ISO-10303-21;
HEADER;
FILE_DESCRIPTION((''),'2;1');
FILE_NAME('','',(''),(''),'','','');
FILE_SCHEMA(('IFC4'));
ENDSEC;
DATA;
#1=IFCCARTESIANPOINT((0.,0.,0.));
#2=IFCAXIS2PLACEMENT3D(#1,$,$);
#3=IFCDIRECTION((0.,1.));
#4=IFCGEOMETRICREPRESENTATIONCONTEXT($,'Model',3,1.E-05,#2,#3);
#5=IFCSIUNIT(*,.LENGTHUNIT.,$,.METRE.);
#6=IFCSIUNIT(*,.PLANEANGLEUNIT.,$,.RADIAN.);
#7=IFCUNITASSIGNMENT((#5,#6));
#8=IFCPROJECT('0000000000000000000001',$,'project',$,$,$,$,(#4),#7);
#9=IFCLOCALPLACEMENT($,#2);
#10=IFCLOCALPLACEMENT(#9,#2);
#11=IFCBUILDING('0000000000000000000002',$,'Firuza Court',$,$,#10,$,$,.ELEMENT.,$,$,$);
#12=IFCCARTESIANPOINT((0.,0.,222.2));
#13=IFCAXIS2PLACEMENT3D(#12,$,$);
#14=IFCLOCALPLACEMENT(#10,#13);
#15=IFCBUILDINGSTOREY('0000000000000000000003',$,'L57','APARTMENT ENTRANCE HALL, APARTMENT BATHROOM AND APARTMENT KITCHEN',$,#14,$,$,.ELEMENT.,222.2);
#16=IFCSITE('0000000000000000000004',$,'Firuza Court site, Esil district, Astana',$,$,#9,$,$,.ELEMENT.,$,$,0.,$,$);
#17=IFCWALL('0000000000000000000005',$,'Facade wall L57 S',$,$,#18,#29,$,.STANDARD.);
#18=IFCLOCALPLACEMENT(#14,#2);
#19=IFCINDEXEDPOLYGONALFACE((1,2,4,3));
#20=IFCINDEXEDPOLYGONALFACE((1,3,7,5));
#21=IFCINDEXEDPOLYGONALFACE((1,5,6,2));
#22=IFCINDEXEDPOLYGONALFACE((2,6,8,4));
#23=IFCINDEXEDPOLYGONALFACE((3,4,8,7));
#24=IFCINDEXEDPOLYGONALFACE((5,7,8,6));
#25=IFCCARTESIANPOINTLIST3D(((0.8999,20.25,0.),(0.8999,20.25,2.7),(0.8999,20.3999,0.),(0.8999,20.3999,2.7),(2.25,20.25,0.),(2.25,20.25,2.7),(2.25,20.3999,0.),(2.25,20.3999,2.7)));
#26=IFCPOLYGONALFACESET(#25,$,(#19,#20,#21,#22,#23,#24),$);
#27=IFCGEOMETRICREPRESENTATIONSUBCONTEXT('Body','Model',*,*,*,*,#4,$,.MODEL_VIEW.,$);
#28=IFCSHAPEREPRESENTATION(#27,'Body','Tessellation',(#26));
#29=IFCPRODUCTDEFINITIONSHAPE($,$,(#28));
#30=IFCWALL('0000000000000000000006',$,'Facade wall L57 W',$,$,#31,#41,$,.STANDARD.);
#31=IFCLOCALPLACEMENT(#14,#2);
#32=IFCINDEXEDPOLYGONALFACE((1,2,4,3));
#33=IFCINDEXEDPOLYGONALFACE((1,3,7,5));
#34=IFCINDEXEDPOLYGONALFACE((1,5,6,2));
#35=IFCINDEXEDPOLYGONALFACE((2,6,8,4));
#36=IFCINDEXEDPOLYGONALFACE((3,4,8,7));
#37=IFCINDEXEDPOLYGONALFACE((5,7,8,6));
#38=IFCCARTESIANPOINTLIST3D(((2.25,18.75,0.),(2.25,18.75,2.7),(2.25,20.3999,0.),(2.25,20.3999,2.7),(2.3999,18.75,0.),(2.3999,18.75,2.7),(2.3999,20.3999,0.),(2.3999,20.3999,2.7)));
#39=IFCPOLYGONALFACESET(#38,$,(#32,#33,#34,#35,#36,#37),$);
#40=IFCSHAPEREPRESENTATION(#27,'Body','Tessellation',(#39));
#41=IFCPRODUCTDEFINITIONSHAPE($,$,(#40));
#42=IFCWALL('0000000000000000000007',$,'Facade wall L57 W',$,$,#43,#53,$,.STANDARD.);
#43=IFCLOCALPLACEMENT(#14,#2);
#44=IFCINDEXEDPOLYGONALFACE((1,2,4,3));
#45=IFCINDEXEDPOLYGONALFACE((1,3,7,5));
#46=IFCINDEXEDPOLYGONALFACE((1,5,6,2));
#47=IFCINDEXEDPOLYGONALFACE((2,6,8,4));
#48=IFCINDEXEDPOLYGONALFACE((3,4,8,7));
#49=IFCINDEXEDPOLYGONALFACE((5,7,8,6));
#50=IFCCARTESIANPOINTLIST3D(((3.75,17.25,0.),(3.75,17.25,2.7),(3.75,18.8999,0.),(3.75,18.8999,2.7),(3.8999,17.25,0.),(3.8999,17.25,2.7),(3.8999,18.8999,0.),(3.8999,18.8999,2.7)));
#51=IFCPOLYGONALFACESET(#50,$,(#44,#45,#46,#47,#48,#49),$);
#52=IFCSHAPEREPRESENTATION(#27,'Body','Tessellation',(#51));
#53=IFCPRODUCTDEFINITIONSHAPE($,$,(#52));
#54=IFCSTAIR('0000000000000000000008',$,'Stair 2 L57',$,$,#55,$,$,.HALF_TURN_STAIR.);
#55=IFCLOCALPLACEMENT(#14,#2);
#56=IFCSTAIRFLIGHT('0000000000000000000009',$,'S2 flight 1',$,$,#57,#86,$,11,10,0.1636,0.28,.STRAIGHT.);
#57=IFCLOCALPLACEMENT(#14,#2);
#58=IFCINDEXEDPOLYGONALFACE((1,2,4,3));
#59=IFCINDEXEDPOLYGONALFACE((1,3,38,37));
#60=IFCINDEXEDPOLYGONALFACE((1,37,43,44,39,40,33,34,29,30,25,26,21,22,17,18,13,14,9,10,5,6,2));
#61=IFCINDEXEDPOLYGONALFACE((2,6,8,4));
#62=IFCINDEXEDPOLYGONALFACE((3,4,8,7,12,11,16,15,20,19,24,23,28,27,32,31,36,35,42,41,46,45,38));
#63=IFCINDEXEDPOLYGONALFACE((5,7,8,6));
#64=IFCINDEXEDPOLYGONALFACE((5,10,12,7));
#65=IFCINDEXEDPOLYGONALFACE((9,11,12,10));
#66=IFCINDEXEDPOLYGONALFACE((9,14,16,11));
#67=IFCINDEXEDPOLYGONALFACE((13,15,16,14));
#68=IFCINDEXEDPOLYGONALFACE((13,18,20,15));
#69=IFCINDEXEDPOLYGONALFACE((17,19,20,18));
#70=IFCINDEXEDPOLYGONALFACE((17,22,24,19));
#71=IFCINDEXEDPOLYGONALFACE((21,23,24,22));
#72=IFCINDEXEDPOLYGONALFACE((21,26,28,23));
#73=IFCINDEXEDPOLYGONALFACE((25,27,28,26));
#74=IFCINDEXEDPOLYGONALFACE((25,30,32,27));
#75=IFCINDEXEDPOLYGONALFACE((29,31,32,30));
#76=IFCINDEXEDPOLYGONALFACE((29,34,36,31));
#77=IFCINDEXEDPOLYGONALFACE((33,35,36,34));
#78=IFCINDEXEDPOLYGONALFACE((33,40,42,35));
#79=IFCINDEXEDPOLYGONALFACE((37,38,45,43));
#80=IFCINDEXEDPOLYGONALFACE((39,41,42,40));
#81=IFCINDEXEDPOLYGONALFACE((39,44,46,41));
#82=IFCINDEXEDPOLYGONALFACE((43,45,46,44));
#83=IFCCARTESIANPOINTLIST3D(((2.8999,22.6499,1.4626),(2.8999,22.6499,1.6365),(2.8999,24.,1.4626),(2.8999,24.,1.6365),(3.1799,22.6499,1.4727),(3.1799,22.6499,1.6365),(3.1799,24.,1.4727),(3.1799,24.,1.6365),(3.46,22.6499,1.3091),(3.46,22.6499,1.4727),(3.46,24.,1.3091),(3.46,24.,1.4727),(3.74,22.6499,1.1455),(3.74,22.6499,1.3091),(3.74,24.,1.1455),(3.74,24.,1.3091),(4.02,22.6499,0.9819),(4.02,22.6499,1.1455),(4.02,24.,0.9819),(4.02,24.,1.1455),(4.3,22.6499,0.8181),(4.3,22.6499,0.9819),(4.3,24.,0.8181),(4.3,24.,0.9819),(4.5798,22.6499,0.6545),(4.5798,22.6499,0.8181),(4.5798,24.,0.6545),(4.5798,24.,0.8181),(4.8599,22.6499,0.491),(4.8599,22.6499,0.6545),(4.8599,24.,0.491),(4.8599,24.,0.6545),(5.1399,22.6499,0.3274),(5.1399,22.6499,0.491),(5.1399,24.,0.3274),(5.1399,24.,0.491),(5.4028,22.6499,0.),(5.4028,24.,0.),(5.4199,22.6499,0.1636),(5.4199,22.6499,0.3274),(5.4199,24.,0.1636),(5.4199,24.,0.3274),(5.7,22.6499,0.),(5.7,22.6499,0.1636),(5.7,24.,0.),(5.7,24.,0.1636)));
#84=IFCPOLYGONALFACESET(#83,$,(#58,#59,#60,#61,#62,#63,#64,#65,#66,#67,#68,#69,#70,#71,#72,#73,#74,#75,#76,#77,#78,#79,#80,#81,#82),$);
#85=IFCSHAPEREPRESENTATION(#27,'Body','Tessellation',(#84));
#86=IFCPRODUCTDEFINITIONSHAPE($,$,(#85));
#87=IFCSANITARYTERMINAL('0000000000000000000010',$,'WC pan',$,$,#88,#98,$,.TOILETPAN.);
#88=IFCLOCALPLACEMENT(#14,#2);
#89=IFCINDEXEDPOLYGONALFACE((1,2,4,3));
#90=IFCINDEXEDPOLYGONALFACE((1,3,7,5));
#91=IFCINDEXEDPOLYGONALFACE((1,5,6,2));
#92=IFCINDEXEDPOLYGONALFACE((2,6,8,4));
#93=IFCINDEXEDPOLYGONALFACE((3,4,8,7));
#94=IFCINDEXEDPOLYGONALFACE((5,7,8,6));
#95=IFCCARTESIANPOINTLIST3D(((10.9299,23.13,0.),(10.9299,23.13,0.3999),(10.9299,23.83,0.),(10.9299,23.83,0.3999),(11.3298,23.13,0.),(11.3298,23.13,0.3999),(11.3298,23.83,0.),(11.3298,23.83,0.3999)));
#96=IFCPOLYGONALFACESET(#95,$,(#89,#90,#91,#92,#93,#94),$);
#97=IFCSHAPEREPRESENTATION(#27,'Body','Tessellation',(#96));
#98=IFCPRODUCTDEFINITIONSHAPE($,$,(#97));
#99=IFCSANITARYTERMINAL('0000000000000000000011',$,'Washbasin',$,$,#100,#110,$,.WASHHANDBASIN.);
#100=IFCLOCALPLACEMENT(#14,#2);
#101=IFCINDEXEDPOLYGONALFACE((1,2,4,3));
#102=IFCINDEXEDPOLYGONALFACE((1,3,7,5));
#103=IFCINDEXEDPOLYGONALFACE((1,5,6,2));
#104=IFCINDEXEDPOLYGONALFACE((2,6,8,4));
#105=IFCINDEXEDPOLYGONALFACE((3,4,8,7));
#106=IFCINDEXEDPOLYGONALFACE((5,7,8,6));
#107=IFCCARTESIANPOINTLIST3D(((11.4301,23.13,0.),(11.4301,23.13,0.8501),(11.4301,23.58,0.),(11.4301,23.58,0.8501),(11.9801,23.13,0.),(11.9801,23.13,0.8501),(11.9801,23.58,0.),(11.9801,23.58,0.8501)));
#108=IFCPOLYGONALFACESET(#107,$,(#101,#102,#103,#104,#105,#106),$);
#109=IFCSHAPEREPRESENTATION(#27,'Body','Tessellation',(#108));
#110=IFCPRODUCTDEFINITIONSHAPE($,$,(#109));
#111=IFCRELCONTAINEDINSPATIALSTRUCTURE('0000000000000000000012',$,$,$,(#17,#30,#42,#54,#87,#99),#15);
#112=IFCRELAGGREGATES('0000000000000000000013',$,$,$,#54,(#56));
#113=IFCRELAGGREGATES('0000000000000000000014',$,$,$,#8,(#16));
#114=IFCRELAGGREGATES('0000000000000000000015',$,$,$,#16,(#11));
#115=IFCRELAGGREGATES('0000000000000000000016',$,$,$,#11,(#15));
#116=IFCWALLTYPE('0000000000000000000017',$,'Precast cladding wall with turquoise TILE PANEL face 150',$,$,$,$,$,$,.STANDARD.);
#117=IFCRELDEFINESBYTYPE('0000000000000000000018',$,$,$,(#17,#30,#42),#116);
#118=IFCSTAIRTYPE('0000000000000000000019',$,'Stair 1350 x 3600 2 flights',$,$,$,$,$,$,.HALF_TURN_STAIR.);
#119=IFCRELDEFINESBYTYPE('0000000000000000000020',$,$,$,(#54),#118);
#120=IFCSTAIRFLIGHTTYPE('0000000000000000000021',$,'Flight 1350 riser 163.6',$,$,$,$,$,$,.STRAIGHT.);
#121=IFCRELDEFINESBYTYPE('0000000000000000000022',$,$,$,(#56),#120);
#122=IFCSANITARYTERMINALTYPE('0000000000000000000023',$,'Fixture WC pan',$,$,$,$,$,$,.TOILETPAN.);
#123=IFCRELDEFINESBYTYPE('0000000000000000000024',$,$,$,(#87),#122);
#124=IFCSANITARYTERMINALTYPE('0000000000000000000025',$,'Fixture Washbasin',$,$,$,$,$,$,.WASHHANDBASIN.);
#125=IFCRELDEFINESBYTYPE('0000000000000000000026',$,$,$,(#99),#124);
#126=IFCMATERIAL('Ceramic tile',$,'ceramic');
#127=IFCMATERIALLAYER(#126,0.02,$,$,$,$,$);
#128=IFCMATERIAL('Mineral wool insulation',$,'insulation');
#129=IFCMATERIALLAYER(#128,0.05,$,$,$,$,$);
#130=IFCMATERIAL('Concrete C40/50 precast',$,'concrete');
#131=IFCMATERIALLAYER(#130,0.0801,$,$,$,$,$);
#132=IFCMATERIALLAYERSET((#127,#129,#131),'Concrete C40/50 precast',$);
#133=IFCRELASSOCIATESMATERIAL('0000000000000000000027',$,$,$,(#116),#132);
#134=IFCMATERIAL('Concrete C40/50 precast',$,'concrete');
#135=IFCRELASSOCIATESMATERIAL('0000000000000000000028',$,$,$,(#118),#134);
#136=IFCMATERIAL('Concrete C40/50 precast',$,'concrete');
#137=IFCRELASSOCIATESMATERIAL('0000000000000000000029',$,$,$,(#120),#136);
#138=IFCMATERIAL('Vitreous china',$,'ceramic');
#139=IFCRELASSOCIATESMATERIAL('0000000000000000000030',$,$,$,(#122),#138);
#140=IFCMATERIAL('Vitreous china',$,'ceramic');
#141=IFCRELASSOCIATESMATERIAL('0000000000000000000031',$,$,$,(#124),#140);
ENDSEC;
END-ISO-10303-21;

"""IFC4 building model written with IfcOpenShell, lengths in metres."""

from ifc_helpers import new_model, si_unit, direction, frame, frame_2d, origin, origin_2d, place, context, subcontext, project, spatial, polyline, rectangle, outline, extrude, material, layer, layer_set, type_object, element, aggregate, save


model = new_model("IFC4")

# Units and contexts
model_context = context("Model", 3, precision=1e-05, world=origin(), true_north=direction((0.0, 1.0)))
body_context = subcontext(model_context, "Body", "Model", "MODEL_VIEW")
ifc_project = project(units=[si_unit("LENGTHUNIT", "METRE"), si_unit("PLANEANGLEUNIT", "RADIAN")], contexts=[model_context])

# Site, building, storey
site_placement = place(None, origin())
site = spatial("IfcSite", under=ifc_project, at=site_placement, Name="Firuza Court site, Esil district, Astana", CompositionType="ELEMENT", RefElevation=0.0)
building_placement = place(site_placement, origin())
building = spatial("IfcBuilding", under=site, at=building_placement, Name="Firuza Court", CompositionType="ELEMENT")
storey_placement = place(building_placement, frame((0.0, 0.0, 222.2)))
storey = spatial("IfcBuildingStorey", under=building, at=storey_placement, Name="L57", Description="APARTMENT ENTRANCE HALL, APARTMENT BATHROOM AND APARTMENT KITCHEN", CompositionType="ELEMENT", Elevation=222.2)

# Walls
ifc_material_1 = material(Name="Ceramic tile", Category="ceramic")
ifc_layer_1 = layer(ifc_material_1, 0.02)
ifc_material_2 = material(Name="Mineral wool insulation", Category="insulation")
ifc_layer_2 = layer(ifc_material_2, 0.05)
ifc_material_3 = material(Name="Concrete C40/50 precast", Category="concrete")
ifc_layer_3 = layer(ifc_material_3, 0.0801)
ifc_layer_set_1 = layer_set([ifc_layer_1, ifc_layer_2, ifc_layer_3], Name="Concrete C40/50 precast")
wall_type_1 = type_object("IfcWallType", Name="Precast cladding wall with turquoise TILE PANEL face 150", PredefinedType="STANDARD", material=ifc_layer_set_1)
wall_1_placement = place(storey_placement, frame((0.8999, 20.325, 0.0), z_axis=(0.0, 0.0, 1.0), x_axis=(1.0, 0.0, 0.0)))
element("IfcWall", 1, at=wall_1_placement, inside=storey, type_object=wall_type_1, Name="Facade wall L57 S", PredefinedType="STANDARD", context=body_context, shape_type="SweptSolid", body=[
    extrude(rectangle(XDim=1.3501, YDim=0.1499, at=frame_2d((0.675, 0.0))), origin(), (0.0, 0.0, 1.0), 2.7),
])
for number, where, z_axis, x_axis, name in (
    (2, (2.325, 20.3999, 0.0), (0.0, 0.0, 1.0), (0.0, -1.0, 0.0), "Facade wall L57 W"),
    (3, (3.825, 18.8999, 0.0), (0.0, 0.0, 1.0), (0.0, -1.0, 0.0), "Facade wall L57 W"),
):
    element("IfcWall", number, at=place(storey_placement, frame(where, z_axis=z_axis, x_axis=x_axis)), inside=storey, type_object=wall_type_1, Name=name, PredefinedType="STANDARD", context=body_context, shape_type="SweptSolid", body=[
        extrude(rectangle(XDim=1.6499, YDim=0.1499, at=frame_2d((0.825, 0.0))), origin(), (0.0, 0.0, 1.0), 2.7),
    ])

# Stair, stair flight
ifc_material_4 = material(Name="Concrete C40/50 precast", Category="concrete")
stair_type = type_object("IfcStairType", Name="Stair 1350 x 3600 2 flights", PredefinedType="HALF_TURN_STAIR", material=ifc_material_4)
stair_placement = place(storey_placement, origin())
stair = element("IfcStair", 4, at=stair_placement, inside=storey, type_object=stair_type, Name="Stair 2 L57", PredefinedType="HALF_TURN_STAIR")
ifc_material_5 = material(Name="Concrete C40/50 precast", Category="concrete")
stair_flight_type = type_object("IfcStairFlightType", Name="Flight 1350 riser 163.6", PredefinedType="STRAIGHT", material=ifc_material_5)
stair_flight_placement = place(storey_placement, frame((5.7, 23.325, 0.0), z_axis=(0.0, 0.0, 1.0), x_axis=(-1.0, 0.0, 0.0)))
stair_flight = element("IfcStairFlight", 5, at=stair_flight_placement, type_object=stair_flight_type, Name="S2 flight 1", NumberOfRisers=11, NumberOfTreads=10, PredefinedType="STRAIGHT", RiserHeight=0.1636, TreadLength=0.28, context=body_context, shape_type="SweptSolid", body=[
    extrude(outline(polyline([(0.0, 0.0), (0.0, 0.1636), (0.28, 0.1636), (0.28, 0.3274), (0.5601, 0.3274), (0.5601, 0.491), (0.8401, 0.491), (0.8401, 0.6545), (1.1201, 0.6545), (1.1201, 0.8181), (1.3999, 0.8181), (1.3999, 0.9819), (1.6799, 0.9819), (1.6799, 1.1455), (1.96, 1.1455), (1.96, 1.3091), (2.24, 1.3091), (2.24, 1.4727), (2.52, 1.4727), (2.52, 1.6365), (2.8, 1.6365), (2.8, 1.8), (2.8, 1.4626), (0.2971, 0.0), (0.0, 0.0)])), frame((0.0, 0.675, 0.0), z_axis=(0.0, -1.0, 0.0), x_axis=(1.0, 0.0, 0.0)), (0.0, 0.0, 1.0), 1.3501),
])
aggregate(stair, [stair_flight])

# Sanitary terminals
ifc_material_6 = material(Name="Vitreous china", Category="ceramic")
sanitary_terminal_type_1 = type_object("IfcSanitaryTerminalType", Name="Fixture WC pan", PredefinedType="TOILETPAN", material=ifc_material_6)
sanitary_terminal_1_placement = place(storey_placement, frame((11.1299, 23.48, 0.0), z_axis=(0.0, 0.0, 1.0), x_axis=(1.0, 0.0, 0.0)))
element("IfcSanitaryTerminal", 6, at=sanitary_terminal_1_placement, inside=storey, type_object=sanitary_terminal_type_1, Name="WC pan", PredefinedType="TOILETPAN", context=body_context, shape_type="SweptSolid", body=[
    extrude(rectangle(XDim=0.3999, YDim=0.7, at=origin_2d()), origin(), (0.0, 0.0, 1.0), 0.3999),
])
ifc_material_7 = material(Name="Vitreous china", Category="ceramic")
sanitary_terminal_type_2 = type_object("IfcSanitaryTerminalType", Name="Fixture Washbasin", PredefinedType="WASHHANDBASIN", material=ifc_material_7)
sanitary_terminal_2_placement = place(storey_placement, frame((11.7051, 23.355, 0.0), z_axis=(0.0, 0.0, 1.0), x_axis=(1.0, 0.0, 0.0)))
element("IfcSanitaryTerminal", 7, at=sanitary_terminal_2_placement, inside=storey, type_object=sanitary_terminal_type_2, Name="Washbasin", PredefinedType="WASHHANDBASIN", context=body_context, shape_type="SweptSolid", body=[
    extrude(rectangle(XDim=0.55, YDim=0.45, at=origin_2d()), origin(), (0.0, 0.0, 1.0), 0.8501),
])

save(model, "model.ifc")
